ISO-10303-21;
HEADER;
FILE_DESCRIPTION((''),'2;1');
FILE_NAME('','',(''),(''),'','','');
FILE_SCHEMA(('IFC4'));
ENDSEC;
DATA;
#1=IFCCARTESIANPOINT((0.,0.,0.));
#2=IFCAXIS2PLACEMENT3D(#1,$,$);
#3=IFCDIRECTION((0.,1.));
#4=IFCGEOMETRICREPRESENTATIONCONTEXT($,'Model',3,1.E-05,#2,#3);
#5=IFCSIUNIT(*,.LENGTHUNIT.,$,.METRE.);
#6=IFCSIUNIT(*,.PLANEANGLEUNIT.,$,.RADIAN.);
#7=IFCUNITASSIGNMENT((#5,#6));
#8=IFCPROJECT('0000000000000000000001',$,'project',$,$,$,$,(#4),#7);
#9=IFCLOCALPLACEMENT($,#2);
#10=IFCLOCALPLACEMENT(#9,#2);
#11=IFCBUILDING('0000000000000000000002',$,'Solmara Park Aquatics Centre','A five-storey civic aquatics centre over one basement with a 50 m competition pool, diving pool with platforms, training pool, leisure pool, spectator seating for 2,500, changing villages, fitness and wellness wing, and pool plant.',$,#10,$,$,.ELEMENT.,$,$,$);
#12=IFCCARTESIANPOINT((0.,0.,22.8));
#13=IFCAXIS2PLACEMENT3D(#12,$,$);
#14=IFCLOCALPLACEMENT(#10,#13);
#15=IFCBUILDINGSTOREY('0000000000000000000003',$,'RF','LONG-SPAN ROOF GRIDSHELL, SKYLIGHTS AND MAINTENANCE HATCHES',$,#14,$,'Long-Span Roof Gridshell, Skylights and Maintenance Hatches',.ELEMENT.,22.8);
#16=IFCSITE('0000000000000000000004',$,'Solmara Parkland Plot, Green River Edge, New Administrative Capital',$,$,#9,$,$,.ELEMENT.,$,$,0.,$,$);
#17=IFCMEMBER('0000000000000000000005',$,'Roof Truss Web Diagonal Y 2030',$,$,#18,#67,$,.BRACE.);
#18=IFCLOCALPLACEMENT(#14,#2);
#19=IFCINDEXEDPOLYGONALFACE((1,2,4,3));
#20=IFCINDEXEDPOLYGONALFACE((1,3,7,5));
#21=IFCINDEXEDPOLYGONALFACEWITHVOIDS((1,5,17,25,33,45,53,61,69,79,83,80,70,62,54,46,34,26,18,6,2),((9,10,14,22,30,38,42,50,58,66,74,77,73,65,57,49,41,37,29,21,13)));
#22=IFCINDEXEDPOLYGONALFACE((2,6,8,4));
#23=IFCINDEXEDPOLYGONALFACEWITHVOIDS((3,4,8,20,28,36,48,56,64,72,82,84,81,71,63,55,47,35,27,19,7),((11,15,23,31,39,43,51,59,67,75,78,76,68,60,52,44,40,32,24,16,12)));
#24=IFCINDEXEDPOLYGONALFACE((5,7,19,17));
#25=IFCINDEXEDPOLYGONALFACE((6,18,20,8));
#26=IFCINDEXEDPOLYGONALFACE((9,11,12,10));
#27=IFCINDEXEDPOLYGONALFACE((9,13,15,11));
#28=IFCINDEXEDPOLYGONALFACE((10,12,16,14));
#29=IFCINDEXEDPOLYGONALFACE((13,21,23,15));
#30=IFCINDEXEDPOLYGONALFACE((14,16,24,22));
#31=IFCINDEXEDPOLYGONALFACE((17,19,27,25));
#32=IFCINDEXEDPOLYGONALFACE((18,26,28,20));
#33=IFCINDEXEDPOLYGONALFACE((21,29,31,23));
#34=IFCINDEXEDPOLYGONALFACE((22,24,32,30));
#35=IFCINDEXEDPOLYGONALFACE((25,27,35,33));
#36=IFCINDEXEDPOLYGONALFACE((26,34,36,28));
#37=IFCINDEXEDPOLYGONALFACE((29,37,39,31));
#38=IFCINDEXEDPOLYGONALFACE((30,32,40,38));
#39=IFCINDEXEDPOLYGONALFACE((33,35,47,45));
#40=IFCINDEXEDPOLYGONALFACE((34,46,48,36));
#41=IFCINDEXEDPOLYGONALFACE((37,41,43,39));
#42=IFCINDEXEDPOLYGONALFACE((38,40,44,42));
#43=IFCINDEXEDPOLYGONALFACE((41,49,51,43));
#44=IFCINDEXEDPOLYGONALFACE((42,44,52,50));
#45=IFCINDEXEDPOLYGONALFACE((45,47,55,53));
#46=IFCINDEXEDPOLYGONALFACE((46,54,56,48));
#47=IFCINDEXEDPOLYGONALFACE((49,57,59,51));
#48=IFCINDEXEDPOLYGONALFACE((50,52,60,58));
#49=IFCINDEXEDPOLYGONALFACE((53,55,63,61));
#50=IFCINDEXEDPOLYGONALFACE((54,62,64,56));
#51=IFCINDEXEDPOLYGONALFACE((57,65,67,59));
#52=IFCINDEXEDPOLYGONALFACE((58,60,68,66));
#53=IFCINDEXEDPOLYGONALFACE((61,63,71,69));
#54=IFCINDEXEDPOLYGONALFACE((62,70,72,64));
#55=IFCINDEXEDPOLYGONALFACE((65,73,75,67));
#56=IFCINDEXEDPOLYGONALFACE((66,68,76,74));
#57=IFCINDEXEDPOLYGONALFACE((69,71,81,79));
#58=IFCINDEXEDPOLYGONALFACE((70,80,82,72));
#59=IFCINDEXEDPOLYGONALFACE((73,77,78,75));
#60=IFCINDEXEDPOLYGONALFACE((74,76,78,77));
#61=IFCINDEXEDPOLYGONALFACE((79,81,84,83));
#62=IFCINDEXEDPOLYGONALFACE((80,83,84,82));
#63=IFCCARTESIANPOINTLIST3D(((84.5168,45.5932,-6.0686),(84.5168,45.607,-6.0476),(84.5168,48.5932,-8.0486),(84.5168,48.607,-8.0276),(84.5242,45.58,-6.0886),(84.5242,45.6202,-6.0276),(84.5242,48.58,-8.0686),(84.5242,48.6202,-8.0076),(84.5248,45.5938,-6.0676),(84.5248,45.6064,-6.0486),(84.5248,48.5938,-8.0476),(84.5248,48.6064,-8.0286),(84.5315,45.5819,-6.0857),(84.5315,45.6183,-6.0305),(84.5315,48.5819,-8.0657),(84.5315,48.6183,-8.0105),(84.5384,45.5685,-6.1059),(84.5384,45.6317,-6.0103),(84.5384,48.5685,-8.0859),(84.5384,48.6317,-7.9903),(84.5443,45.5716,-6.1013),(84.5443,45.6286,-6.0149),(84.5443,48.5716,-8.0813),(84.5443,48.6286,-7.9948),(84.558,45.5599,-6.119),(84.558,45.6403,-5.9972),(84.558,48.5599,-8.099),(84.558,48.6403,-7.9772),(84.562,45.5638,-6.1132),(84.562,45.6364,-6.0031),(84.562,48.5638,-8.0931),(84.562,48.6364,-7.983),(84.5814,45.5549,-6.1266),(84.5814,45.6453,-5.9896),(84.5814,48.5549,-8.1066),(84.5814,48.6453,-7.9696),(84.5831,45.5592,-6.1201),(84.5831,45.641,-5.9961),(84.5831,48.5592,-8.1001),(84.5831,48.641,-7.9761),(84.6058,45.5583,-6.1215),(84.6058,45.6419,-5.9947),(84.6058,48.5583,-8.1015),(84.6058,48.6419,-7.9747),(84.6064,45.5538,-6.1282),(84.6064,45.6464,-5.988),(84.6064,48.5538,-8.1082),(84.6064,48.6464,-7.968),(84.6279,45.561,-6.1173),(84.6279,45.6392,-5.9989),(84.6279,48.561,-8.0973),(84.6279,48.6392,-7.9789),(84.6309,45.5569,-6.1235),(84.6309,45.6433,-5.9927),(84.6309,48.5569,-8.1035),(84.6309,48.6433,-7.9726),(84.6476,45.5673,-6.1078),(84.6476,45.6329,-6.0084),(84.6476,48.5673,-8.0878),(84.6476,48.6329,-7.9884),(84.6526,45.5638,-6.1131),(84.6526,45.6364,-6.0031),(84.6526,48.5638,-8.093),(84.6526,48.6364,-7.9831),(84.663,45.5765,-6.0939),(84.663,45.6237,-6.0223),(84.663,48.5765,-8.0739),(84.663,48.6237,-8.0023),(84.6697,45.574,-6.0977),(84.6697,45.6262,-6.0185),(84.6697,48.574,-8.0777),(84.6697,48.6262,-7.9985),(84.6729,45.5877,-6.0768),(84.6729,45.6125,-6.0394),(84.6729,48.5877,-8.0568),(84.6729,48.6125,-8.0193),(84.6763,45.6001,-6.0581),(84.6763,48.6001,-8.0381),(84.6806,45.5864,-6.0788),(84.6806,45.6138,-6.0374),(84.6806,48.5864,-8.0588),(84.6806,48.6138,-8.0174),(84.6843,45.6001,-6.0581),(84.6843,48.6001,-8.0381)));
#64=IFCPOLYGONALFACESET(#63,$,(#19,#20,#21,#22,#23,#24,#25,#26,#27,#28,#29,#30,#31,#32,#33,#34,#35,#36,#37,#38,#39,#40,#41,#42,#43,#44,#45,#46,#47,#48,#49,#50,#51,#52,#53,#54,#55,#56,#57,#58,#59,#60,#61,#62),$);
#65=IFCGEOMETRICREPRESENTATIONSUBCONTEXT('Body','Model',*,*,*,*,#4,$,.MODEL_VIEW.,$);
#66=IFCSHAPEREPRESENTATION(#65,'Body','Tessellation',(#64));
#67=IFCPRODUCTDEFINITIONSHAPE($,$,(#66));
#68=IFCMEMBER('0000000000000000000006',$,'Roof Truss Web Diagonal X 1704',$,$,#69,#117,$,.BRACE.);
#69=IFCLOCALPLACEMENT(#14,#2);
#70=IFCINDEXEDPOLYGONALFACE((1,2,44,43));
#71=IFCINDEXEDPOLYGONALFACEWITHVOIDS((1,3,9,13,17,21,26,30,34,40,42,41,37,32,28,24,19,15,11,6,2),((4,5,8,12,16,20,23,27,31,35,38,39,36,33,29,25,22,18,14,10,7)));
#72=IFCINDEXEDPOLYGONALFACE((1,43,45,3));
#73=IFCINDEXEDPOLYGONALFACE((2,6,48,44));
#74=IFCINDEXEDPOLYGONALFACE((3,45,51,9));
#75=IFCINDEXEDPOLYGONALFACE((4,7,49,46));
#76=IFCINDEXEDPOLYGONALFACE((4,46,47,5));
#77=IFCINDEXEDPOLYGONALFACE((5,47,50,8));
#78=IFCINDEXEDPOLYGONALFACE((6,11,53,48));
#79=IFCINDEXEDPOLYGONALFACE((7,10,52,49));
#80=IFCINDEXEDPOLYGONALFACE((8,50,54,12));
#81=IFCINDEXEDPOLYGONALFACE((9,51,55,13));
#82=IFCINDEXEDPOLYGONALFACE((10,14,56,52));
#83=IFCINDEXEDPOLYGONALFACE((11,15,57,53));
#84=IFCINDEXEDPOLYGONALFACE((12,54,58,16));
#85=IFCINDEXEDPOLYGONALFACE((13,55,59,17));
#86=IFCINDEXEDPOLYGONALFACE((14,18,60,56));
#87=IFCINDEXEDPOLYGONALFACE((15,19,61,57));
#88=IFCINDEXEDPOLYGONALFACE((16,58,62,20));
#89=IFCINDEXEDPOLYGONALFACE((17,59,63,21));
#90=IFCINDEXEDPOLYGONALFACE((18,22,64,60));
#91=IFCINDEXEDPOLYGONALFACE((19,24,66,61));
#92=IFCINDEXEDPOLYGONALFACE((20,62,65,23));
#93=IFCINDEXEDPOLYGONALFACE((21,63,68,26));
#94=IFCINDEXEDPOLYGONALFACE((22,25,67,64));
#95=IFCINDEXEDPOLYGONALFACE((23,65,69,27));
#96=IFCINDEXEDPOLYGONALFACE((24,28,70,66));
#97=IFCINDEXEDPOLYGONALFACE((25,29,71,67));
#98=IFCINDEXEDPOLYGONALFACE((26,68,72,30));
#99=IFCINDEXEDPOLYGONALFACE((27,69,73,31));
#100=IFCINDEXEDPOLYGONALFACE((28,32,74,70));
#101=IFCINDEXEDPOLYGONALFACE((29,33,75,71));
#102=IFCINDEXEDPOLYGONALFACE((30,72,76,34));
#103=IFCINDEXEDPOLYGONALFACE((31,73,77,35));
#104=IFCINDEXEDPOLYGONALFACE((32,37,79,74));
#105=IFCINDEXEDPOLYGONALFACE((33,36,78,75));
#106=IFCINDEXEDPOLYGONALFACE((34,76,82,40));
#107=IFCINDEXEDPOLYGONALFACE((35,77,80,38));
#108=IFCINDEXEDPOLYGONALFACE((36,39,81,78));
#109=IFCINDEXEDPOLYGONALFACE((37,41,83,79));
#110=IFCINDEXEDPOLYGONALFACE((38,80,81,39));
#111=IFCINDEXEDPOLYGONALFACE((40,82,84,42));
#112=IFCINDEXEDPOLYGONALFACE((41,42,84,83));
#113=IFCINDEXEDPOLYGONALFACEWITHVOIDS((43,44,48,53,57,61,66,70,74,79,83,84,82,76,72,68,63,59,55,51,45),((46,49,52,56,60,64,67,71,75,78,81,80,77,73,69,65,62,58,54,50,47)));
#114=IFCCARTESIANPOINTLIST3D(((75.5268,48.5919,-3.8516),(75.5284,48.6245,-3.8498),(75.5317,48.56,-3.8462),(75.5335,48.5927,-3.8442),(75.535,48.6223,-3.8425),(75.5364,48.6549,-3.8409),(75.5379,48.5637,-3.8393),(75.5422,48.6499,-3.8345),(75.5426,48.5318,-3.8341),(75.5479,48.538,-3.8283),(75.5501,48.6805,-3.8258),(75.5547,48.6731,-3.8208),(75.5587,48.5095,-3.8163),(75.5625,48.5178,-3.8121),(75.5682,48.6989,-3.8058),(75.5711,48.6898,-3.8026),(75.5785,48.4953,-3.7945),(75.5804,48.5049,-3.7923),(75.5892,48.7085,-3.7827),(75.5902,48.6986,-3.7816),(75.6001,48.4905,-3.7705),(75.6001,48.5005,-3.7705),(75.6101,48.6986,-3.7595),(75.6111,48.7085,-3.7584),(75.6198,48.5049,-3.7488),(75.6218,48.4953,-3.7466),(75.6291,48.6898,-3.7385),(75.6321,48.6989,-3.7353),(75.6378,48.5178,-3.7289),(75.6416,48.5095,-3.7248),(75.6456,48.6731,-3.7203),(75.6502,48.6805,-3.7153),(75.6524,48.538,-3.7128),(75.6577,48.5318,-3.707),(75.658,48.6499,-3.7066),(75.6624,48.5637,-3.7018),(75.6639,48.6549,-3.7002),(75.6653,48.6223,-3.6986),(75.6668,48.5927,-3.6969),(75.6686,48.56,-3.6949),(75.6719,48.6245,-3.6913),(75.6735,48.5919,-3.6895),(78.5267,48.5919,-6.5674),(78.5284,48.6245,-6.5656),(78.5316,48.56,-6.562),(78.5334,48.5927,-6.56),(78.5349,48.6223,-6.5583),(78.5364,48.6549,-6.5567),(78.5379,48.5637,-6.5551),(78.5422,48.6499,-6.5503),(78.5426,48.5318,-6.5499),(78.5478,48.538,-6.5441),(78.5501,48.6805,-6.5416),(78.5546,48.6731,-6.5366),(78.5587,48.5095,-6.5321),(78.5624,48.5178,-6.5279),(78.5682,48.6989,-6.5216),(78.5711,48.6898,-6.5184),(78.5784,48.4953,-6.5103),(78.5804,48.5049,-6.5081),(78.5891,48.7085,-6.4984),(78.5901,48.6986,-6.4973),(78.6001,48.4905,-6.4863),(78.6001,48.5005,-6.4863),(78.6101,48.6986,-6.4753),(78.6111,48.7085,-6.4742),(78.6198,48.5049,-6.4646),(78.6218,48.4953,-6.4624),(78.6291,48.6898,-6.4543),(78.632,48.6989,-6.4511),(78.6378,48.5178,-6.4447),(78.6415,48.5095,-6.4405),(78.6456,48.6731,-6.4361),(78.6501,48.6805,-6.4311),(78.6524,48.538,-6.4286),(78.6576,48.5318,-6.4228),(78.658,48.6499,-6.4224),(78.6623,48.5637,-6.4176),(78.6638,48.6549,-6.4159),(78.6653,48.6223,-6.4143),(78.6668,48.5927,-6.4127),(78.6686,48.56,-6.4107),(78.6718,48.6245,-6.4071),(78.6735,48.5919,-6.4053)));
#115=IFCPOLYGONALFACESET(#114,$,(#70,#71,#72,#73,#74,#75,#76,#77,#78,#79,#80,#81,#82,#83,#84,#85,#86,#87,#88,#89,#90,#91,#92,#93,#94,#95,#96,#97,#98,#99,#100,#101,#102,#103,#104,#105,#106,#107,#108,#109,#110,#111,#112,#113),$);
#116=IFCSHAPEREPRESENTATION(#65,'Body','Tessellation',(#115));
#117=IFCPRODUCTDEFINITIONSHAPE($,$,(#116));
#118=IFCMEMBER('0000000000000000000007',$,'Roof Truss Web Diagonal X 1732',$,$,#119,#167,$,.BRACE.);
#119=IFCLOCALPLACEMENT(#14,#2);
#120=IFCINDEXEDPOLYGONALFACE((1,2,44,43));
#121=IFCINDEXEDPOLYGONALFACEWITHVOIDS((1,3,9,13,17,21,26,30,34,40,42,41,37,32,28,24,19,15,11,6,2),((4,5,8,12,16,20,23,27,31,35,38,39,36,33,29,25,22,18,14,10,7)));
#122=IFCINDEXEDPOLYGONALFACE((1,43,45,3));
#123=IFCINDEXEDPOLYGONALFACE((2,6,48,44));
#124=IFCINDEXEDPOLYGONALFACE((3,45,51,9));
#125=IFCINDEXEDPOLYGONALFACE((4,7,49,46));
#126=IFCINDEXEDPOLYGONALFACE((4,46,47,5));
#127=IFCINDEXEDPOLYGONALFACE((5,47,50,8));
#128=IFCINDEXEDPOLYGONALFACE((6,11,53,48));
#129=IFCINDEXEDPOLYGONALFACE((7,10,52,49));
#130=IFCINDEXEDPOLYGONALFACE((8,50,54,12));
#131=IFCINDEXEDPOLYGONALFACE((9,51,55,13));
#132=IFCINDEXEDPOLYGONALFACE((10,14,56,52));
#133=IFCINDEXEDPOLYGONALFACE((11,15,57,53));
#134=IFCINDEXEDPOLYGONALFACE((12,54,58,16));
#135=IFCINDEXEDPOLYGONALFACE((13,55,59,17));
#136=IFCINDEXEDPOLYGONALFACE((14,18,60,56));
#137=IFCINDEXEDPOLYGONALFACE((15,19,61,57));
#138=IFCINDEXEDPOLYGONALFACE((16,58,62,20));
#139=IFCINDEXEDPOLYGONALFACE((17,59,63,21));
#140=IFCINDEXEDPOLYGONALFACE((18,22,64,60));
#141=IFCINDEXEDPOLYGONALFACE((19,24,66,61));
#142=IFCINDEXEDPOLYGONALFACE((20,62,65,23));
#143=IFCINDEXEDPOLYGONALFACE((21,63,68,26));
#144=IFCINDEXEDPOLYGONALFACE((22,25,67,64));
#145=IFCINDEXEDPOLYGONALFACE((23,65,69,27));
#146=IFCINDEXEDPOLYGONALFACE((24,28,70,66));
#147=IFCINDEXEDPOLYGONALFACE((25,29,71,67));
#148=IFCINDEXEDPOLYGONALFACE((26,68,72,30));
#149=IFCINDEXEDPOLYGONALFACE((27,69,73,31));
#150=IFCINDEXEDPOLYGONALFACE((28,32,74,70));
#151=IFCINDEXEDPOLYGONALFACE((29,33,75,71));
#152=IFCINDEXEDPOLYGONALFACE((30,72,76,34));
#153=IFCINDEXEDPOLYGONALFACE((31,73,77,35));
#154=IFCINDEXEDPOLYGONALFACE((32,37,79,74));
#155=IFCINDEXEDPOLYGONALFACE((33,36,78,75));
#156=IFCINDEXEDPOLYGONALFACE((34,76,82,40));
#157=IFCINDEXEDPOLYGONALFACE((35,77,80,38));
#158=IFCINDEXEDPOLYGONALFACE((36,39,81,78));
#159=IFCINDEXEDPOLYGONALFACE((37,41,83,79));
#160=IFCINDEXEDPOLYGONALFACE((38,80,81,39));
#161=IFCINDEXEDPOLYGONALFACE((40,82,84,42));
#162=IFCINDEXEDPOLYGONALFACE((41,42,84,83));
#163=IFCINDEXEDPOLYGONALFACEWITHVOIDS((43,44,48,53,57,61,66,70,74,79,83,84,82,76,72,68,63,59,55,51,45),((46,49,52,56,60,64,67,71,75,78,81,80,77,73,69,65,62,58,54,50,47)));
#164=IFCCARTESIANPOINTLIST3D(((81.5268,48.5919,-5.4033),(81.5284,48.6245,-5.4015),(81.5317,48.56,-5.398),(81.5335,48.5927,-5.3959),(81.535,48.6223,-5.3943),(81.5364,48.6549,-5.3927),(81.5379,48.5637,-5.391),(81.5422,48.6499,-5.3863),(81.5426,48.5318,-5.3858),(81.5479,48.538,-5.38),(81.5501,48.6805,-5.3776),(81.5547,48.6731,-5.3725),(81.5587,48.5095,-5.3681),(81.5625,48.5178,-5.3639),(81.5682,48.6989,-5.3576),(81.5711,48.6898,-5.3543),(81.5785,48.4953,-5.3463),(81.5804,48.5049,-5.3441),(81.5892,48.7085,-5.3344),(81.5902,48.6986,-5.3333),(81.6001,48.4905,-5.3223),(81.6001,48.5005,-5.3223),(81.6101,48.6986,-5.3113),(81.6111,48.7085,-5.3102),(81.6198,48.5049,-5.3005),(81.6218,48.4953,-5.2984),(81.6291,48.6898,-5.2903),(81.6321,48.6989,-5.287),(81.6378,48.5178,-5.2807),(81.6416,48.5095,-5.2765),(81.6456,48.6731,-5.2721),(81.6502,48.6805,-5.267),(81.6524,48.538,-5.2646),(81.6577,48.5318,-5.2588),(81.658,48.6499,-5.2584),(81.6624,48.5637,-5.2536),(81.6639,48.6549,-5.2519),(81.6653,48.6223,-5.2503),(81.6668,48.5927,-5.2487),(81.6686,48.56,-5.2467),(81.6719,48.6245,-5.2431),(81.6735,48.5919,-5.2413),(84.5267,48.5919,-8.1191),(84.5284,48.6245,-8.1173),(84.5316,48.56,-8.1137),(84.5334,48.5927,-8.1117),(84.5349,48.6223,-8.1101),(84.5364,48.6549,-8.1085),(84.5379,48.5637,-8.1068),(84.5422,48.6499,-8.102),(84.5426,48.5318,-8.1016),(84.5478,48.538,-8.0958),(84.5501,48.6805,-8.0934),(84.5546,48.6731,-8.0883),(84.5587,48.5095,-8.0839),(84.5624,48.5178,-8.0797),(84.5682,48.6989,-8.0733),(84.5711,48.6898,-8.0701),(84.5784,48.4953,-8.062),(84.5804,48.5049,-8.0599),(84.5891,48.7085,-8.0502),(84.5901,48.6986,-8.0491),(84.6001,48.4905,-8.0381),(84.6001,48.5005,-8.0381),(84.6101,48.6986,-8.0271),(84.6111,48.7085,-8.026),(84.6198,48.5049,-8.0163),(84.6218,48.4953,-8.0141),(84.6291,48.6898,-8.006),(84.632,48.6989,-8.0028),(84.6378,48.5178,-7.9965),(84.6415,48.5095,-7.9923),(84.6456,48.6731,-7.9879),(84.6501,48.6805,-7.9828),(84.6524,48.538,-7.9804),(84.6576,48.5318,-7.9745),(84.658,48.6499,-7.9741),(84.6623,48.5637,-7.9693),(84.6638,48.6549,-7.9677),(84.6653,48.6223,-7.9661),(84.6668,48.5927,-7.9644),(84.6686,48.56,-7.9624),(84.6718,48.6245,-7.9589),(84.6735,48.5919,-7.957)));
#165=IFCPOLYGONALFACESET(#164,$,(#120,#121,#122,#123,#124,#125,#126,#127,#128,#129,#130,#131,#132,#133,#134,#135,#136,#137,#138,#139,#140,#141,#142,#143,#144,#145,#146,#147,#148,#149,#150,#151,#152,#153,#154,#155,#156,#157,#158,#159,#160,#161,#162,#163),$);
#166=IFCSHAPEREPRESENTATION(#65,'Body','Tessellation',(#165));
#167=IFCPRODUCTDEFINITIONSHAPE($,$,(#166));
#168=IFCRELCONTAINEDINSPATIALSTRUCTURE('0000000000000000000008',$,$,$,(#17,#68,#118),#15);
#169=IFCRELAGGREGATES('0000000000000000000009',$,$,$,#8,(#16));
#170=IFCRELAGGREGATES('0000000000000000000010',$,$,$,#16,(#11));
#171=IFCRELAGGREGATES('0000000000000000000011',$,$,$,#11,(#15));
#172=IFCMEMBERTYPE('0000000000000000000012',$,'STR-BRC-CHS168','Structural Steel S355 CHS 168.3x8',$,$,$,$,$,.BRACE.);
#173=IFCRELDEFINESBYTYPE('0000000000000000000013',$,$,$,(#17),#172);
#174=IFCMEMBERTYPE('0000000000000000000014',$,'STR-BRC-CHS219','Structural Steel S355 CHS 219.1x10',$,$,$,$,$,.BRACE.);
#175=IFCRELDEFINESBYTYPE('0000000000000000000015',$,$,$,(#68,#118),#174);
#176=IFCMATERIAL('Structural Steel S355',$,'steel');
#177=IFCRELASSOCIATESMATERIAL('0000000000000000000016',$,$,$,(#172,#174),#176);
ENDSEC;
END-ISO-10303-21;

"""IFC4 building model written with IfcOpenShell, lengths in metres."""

from ifc_helpers import new_model, si_unit, direction, frame, origin, origin_2d, place, context, subcontext, project, spatial, hollow_circle, extrude, material, material_profile, profile_set, type_object, element, save


model = new_model("IFC4")

# Units and contexts
model_context = context("Model", 3, precision=1e-05, world=origin(), true_north=direction((0.0, 1.0)))
body_context = subcontext(model_context, "Body", "Model", "MODEL_VIEW")
ifc_project = project(units=[si_unit("LENGTHUNIT", "METRE"), si_unit("PLANEANGLEUNIT", "RADIAN")], contexts=[model_context])

# Site, building, storey
site_placement = place(None, origin())
site = spatial("IfcSite", under=ifc_project, at=site_placement, Name="Solmara Parkland Plot, Green River Edge, New Administrative Capital", CompositionType="ELEMENT", RefElevation=0.0)
building_placement = place(site_placement, origin())
building = spatial("IfcBuilding", under=site, at=building_placement, Name="Solmara Park Aquatics Centre", Description="A five-storey civic aquatics centre over one basement with a 50 m competition pool, diving pool with platforms, training pool, leisure pool, spectator seating for 2,500, changing villages, fitness and wellness wing, and pool plant.", CompositionType="ELEMENT")
storey_placement = place(building_placement, frame((0.0, 0.0, 22.8)))
storey = spatial("IfcBuildingStorey", under=building, at=storey_placement, Name="RF", Description="LONG-SPAN ROOF GRIDSHELL, SKYLIGHTS AND MAINTENANCE HATCHES", LongName="Long-Span Roof Gridshell, Skylights and Maintenance Hatches", CompositionType="ELEMENT", Elevation=22.8)

# Members
ifc_material_1 = material(Name="Structural Steel S355", Category="steel")
ifc_material_profile_1 = material_profile(ifc_material_1, hollow_circle(Radius=0.0842, WallThickness=0.0081, at=origin_2d()), Name="CHS 168.3x8")
ifc_profile_set_1 = profile_set([ifc_material_profile_1], Name="Structural Steel S355")
member_type_1 = type_object("IfcMemberType", Name="STR-BRC-CHS168", Description="Structural Steel S355 CHS 168.3x8", PredefinedType="BRACE", material=ifc_profile_set_1)
member_1_placement = place(storey_placement, frame((84.6001, 48.6001, -8.0381), z_axis=(0.0, -0.834612, 0.550838), x_axis=(1.0, 0.0, 0.0)))
element("IfcMember", 1, at=member_1_placement, inside=storey, type_object=member_type_1, Name="Roof Truss Web Diagonal Y 2030", PredefinedType="BRACE", context=body_context, shape_type="SweptSolid", body=[
    extrude(hollow_circle(Radius=0.0842, WallThickness=0.0081, at=origin_2d()), origin(), (0.0, 0.0, 1.0), 3.5945),
])
ifc_material_profile_2 = material_profile(ifc_material_1, hollow_circle(Radius=0.1096, WallThickness=0.01, at=origin_2d()), Name="CHS 219.1x10")
ifc_profile_set_2 = profile_set([ifc_material_profile_2], Name="Structural Steel S355")
member_type_2 = type_object("IfcMemberType", Name="STR-BRC-CHS219", Description="Structural Steel S355 CHS 219.1x10", PredefinedType="BRACE", material=ifc_profile_set_2)
for number, where, z_axis, x_axis, name in (
    (2, (78.6001, 48.6001, -6.4863), (-0.741347, 0.0, 0.671122), (0.0, -1.0, 0.0), "Roof Truss Web Diagonal X 1704"),
    (3, (84.6001, 48.6001, -8.0381), (-0.741347, 0.0, 0.671122), (0.0, -1.0, 0.0), "Roof Truss Web Diagonal X 1732"),
):
    element("IfcMember", number, at=place(storey_placement, frame(where, z_axis=z_axis, x_axis=x_axis)), inside=storey, type_object=member_type_2, Name=name, PredefinedType="BRACE", context=body_context, shape_type="SweptSolid", body=[
        extrude(hollow_circle(Radius=0.1096, WallThickness=0.01, at=origin_2d()), origin(), (0.0, 0.0, 1.0), 4.0466),
    ])

save(model, "model.ifc")
